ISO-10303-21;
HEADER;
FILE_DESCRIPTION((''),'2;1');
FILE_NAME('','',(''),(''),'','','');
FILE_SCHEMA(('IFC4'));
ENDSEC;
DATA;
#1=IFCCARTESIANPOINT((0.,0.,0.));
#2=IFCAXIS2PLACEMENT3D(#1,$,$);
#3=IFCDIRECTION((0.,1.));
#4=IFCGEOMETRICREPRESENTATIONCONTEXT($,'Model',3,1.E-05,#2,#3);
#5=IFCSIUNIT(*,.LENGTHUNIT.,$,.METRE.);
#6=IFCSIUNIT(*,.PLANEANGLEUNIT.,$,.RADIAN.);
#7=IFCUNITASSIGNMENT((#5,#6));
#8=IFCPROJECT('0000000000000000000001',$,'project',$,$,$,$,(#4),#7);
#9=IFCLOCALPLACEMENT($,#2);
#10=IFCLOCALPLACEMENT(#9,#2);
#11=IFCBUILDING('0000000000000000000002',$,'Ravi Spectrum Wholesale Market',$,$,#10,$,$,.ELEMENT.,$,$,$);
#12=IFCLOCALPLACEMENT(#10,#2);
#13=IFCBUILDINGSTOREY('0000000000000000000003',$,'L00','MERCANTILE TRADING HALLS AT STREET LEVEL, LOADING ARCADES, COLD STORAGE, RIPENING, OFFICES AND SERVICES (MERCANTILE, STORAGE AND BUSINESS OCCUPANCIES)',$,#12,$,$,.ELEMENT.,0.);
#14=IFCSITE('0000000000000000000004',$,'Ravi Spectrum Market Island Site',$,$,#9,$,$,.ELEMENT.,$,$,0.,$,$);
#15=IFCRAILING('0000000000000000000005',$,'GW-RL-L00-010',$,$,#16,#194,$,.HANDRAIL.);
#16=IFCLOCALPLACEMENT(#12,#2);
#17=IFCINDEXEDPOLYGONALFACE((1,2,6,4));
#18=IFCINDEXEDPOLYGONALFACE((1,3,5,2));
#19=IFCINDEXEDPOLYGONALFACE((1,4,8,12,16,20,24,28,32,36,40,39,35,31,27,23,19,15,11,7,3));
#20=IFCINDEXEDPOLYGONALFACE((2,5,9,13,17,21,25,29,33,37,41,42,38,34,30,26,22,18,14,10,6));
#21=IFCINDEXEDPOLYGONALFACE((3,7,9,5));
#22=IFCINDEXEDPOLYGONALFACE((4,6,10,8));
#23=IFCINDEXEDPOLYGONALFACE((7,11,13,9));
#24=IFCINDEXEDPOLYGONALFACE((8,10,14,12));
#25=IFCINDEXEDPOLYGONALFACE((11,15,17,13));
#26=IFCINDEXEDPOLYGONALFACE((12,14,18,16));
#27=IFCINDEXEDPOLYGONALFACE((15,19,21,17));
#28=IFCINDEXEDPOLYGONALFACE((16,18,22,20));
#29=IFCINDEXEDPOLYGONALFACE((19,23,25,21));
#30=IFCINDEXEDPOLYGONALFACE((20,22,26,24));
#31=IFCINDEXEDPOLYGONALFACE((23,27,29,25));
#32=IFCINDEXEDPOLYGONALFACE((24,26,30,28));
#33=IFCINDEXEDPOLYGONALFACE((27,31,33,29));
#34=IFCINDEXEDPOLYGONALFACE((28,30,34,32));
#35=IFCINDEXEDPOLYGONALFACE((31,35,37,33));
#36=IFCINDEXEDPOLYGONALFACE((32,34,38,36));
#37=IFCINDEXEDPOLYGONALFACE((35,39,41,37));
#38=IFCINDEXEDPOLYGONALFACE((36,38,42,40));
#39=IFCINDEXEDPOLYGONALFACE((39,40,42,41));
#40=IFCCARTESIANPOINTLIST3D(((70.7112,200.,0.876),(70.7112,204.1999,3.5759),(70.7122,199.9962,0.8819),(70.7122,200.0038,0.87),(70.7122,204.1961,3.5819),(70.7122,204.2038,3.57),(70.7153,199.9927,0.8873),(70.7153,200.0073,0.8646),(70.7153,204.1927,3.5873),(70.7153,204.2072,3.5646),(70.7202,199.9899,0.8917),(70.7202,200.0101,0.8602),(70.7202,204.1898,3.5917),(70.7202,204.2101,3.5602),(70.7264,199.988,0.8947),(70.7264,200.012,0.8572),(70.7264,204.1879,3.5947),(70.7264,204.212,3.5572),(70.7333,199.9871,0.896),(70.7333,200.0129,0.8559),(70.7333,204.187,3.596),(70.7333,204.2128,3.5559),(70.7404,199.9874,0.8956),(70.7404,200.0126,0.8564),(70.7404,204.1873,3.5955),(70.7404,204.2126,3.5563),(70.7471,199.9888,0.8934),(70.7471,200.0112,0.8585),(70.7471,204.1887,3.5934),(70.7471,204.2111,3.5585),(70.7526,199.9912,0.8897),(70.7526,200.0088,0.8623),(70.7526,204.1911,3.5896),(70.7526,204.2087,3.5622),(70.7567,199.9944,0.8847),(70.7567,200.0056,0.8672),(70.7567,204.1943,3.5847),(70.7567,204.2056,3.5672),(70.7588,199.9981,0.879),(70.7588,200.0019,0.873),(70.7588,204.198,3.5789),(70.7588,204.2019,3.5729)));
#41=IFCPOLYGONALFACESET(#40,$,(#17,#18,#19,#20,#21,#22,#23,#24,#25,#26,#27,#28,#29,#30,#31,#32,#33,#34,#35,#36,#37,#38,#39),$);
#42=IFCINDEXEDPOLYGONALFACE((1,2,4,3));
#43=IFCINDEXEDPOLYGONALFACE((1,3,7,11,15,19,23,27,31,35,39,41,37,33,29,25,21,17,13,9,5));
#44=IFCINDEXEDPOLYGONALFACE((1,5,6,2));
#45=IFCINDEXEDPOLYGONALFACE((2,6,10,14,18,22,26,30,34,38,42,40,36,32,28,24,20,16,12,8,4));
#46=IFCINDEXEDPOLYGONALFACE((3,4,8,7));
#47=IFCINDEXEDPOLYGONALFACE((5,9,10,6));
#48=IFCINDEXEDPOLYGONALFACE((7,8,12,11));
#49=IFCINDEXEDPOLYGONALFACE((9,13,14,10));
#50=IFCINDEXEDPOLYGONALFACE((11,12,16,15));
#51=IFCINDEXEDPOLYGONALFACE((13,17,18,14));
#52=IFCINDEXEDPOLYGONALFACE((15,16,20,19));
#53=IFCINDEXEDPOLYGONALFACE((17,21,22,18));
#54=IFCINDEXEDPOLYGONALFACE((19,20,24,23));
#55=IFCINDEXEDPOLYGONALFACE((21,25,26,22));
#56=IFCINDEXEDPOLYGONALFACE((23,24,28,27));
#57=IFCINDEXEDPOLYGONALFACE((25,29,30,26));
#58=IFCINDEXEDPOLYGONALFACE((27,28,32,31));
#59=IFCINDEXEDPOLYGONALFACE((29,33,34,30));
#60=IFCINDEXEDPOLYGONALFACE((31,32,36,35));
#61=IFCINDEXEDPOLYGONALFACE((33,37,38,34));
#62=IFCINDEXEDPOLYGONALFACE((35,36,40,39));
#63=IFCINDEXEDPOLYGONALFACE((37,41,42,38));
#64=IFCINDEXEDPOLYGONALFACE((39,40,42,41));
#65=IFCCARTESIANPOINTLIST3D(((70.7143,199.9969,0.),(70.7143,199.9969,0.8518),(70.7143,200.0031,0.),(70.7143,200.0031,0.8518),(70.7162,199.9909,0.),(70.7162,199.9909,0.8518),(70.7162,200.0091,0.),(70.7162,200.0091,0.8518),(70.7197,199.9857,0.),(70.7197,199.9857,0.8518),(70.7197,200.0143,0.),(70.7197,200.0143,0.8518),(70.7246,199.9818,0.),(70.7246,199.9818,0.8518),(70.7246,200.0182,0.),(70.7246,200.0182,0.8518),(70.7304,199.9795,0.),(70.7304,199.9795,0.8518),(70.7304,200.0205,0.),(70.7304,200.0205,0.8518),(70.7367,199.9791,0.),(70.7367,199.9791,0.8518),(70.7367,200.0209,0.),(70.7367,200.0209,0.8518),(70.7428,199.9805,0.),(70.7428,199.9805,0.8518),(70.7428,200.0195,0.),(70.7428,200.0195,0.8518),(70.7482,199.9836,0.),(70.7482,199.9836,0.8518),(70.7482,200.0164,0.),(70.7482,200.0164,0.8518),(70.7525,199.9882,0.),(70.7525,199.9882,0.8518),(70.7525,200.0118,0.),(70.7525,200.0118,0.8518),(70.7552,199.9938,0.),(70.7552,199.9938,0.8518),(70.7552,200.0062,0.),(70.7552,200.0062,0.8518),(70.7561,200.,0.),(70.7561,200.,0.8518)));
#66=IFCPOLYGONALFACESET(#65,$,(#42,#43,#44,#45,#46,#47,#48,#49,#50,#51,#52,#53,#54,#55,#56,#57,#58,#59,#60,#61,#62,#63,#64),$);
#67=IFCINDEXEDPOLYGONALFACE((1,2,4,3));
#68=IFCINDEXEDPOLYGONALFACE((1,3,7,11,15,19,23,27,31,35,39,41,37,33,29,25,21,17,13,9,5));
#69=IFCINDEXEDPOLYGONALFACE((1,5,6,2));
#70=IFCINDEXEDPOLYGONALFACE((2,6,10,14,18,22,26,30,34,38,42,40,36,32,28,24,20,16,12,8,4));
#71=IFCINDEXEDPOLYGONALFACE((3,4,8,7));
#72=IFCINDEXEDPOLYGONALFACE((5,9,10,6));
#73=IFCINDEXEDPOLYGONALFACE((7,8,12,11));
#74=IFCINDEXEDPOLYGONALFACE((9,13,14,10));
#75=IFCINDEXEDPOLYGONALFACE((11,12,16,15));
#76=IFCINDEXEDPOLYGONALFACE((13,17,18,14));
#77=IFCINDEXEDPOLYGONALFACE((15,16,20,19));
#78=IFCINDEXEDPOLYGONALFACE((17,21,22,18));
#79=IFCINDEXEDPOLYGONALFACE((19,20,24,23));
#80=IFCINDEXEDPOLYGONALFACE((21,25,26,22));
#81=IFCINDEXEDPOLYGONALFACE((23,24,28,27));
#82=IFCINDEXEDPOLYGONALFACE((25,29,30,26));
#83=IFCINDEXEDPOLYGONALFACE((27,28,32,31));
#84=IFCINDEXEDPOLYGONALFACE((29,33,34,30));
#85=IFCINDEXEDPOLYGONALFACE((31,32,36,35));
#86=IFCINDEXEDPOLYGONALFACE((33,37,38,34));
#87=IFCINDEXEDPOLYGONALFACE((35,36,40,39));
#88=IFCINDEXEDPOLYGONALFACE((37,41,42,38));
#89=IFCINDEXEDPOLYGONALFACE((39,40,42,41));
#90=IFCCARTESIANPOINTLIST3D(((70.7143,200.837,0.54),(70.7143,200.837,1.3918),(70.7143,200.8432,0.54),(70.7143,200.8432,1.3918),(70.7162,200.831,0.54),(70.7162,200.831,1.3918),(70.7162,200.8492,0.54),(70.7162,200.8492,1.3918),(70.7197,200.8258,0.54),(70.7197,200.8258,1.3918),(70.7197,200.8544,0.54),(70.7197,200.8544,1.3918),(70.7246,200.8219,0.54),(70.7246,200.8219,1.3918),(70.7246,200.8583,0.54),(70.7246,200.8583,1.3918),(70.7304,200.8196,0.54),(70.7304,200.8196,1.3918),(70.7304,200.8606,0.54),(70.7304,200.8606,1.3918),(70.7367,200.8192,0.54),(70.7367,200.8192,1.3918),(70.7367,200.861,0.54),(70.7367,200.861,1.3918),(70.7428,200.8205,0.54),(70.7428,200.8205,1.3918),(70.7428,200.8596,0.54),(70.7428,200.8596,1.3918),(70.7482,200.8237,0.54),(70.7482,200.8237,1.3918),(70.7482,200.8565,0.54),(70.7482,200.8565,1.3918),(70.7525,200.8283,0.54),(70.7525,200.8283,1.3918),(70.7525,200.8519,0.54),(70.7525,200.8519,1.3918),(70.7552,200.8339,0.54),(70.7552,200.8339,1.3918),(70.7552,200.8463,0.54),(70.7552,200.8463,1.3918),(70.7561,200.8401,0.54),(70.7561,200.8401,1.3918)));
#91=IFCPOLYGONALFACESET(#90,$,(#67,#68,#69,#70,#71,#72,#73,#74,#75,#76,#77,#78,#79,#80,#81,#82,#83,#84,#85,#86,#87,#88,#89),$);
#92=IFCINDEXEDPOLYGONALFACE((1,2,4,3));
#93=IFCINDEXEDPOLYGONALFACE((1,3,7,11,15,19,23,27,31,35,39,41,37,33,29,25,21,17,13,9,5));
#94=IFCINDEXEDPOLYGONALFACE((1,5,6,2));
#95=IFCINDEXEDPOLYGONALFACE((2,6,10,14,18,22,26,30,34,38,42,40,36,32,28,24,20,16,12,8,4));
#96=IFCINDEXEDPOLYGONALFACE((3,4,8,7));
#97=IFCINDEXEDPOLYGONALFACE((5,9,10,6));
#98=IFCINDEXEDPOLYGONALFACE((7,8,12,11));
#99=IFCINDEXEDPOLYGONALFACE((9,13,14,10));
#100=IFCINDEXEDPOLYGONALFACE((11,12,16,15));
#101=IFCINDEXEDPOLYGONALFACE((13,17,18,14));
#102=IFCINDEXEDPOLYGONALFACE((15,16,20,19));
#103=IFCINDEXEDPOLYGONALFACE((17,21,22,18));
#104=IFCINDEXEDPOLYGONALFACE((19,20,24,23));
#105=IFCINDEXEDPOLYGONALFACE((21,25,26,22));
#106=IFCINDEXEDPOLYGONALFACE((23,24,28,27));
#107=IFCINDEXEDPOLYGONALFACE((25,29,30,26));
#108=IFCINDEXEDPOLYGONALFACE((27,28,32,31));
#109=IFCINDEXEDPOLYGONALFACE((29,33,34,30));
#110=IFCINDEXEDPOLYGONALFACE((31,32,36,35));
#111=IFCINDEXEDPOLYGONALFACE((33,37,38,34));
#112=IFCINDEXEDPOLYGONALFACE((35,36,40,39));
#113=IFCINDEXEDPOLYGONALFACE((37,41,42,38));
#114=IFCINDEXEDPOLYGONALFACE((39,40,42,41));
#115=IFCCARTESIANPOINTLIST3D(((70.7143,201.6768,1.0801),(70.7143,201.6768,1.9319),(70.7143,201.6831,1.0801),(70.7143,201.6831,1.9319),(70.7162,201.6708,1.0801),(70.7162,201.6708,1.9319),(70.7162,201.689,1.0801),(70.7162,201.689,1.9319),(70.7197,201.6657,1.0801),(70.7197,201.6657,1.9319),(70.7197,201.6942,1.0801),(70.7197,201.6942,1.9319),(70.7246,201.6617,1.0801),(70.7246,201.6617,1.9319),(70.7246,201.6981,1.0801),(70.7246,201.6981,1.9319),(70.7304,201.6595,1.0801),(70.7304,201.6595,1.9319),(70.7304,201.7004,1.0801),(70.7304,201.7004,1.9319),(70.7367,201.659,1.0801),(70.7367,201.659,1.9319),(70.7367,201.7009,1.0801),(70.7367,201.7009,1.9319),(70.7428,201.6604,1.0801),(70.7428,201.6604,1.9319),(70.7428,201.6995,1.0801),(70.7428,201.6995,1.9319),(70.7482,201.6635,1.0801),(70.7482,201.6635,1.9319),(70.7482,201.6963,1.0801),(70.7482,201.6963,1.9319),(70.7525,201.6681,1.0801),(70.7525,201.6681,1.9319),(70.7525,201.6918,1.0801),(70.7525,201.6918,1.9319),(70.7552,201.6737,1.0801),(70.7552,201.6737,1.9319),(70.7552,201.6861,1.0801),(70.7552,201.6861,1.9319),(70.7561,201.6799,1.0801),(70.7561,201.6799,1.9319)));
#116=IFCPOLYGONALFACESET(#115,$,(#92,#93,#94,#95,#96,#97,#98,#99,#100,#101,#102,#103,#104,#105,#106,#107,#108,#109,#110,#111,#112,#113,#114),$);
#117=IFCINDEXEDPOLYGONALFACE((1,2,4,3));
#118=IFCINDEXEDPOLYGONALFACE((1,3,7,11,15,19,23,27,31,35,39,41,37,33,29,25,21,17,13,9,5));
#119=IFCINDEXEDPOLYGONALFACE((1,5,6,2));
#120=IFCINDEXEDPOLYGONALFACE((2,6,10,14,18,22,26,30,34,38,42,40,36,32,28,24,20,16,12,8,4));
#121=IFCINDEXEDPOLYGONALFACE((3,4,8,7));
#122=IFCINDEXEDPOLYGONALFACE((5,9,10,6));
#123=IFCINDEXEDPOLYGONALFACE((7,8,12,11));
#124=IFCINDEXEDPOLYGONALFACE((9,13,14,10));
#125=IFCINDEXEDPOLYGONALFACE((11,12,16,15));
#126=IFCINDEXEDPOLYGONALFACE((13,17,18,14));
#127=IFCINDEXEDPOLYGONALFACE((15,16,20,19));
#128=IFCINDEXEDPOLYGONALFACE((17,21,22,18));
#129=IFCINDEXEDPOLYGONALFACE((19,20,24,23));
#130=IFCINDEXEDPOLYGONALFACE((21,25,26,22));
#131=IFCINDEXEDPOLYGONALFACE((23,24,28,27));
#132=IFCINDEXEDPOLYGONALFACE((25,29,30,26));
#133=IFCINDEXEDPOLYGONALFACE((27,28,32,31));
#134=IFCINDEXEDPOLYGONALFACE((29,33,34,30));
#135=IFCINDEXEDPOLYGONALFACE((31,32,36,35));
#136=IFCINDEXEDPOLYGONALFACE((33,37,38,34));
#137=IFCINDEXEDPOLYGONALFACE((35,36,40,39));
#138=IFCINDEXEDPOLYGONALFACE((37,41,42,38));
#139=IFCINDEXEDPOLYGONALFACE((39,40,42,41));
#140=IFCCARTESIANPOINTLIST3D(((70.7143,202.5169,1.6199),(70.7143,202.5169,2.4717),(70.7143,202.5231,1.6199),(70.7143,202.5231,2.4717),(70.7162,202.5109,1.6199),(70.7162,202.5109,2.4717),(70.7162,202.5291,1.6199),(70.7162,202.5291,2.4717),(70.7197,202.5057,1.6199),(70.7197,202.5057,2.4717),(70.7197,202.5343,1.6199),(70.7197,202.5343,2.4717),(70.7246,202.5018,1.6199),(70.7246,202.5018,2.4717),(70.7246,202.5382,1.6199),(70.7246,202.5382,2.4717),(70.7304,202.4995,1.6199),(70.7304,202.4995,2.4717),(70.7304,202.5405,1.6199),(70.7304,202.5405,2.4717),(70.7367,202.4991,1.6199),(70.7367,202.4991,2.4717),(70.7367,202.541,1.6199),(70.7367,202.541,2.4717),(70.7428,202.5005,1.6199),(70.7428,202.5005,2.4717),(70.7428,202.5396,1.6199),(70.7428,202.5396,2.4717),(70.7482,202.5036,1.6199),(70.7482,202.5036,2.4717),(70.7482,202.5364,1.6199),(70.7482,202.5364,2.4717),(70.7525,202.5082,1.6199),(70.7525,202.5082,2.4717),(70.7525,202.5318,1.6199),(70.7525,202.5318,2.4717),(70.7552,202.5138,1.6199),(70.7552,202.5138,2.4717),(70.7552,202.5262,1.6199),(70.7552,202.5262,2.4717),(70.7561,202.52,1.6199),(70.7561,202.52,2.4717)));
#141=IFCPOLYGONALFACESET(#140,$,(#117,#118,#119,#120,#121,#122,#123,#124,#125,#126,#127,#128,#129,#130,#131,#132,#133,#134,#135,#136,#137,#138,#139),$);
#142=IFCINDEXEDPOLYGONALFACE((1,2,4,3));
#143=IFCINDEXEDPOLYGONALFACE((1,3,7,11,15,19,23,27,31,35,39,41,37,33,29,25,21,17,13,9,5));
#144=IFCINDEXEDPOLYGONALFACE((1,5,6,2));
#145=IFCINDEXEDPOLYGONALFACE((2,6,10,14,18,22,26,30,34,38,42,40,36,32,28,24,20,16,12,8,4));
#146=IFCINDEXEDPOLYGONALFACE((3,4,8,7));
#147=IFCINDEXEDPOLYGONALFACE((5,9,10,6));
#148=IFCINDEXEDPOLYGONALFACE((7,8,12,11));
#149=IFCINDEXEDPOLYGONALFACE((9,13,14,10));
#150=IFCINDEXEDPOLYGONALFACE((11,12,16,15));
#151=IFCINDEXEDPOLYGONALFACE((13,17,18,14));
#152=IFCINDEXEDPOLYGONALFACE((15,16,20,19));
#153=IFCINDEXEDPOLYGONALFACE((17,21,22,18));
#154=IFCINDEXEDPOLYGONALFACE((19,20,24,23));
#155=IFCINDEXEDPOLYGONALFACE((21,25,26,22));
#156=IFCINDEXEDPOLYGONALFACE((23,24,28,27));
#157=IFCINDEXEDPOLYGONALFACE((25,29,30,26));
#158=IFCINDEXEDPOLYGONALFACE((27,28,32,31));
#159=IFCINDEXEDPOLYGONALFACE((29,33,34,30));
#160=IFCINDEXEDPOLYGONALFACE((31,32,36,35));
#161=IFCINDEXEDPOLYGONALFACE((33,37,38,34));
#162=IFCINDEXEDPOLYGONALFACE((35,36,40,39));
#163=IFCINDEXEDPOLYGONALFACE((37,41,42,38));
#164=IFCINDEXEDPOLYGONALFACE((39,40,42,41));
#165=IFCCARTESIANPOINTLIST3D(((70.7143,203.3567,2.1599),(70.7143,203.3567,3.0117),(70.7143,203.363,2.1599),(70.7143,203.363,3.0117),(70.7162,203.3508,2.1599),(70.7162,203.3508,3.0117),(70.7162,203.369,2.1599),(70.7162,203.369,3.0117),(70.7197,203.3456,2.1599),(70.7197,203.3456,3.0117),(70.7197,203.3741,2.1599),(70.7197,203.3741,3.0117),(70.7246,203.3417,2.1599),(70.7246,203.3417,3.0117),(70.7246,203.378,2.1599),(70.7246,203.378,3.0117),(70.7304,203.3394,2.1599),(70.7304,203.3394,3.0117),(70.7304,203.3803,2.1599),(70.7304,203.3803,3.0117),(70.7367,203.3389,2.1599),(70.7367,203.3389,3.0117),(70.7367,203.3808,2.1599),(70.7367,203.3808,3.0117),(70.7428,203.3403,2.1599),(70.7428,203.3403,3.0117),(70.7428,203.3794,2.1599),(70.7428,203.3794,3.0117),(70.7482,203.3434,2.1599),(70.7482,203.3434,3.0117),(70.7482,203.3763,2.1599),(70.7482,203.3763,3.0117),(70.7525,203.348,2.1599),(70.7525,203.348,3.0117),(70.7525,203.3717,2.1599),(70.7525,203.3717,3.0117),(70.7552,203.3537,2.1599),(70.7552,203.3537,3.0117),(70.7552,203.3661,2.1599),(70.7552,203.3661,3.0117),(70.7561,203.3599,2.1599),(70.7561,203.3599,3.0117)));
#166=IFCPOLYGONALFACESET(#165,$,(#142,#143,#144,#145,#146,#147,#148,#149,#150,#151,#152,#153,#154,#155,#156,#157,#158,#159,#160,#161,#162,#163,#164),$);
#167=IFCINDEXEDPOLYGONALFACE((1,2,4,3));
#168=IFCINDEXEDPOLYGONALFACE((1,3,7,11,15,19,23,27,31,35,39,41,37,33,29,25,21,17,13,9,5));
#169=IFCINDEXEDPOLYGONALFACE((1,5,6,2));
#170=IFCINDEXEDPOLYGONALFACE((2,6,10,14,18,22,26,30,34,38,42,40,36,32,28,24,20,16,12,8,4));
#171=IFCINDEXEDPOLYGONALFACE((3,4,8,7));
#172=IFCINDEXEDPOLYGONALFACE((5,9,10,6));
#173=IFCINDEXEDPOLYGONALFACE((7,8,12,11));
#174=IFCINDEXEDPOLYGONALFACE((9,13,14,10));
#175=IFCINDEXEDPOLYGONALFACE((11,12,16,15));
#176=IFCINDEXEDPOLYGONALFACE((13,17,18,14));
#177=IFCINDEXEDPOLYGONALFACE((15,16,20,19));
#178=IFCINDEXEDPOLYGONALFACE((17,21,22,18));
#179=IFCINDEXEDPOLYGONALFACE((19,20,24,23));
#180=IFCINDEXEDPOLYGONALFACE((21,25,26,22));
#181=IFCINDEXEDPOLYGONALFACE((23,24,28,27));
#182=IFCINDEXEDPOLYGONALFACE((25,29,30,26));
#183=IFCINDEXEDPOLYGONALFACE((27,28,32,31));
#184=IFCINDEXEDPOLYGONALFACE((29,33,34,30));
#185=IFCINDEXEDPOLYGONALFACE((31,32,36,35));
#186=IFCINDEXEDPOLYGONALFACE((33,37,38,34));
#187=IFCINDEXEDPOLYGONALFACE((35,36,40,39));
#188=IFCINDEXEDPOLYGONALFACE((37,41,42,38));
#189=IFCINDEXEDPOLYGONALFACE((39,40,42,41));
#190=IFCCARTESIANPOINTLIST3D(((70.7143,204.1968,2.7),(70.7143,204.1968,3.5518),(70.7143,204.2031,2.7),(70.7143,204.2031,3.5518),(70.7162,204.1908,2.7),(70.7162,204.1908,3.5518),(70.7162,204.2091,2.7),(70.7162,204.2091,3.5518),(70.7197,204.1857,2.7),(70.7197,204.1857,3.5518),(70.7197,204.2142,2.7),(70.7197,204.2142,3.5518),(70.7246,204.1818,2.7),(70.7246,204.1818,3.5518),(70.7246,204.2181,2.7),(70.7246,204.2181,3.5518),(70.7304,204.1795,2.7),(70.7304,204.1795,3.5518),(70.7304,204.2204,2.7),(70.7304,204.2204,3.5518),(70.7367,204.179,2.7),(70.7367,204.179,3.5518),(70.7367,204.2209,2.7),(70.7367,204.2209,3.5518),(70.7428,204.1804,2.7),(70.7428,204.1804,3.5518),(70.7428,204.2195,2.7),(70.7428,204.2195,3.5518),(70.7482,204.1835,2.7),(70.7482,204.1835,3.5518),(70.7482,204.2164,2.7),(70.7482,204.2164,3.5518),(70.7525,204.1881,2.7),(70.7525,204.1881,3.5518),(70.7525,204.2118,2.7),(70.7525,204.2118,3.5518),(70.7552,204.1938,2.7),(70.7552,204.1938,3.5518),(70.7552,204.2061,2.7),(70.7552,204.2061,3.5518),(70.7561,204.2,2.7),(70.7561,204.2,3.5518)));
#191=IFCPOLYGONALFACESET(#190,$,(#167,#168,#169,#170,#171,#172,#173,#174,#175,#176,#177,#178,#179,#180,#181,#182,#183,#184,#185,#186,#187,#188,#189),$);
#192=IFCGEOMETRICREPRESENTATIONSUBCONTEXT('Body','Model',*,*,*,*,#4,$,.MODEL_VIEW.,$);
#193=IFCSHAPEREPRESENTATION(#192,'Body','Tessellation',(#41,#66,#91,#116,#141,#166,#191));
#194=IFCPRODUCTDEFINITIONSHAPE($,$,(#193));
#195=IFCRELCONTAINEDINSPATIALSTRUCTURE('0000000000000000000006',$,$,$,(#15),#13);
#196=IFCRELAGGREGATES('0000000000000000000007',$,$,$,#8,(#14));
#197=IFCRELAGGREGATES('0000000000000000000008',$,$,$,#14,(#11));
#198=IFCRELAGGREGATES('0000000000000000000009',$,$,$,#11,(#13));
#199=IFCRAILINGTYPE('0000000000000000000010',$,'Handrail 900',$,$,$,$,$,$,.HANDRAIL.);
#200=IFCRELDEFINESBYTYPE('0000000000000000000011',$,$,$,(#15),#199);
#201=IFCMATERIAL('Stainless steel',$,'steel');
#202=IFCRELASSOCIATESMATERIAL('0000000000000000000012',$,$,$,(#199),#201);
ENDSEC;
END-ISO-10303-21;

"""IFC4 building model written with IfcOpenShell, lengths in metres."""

from ifc_helpers import new_model, si_unit, direction, frame, origin, origin_2d, place, context, subcontext, project, spatial, circle, extrude, material, type_object, element, save


model = new_model("IFC4")

# Units and contexts
model_context = context("Model", 3, precision=1e-05, world=origin(), true_north=direction((0.0, 1.0)))
body_context = subcontext(model_context, "Body", "Model", "MODEL_VIEW")
ifc_project = project(units=[si_unit("LENGTHUNIT", "METRE"), si_unit("PLANEANGLEUNIT", "RADIAN")], contexts=[model_context])

# Site, building, storey
site_placement = place(None, origin())
site = spatial("IfcSite", under=ifc_project, at=site_placement, Name="Ravi Spectrum Market Island Site", CompositionType="ELEMENT", RefElevation=0.0)
building_placement = place(site_placement, origin())
building = spatial("IfcBuilding", under=site, at=building_placement, Name="Ravi Spectrum Wholesale Market", CompositionType="ELEMENT")
storey_placement = place(building_placement, origin())
storey = spatial("IfcBuildingStorey", under=building, at=storey_placement, Name="L00", Description="MERCANTILE TRADING HALLS AT STREET LEVEL, LOADING ARCADES, COLD STORAGE, RIPENING, OFFICES AND SERVICES (MERCANTILE, STORAGE AND BUSINESS OCCUPANCIES)", CompositionType="ELEMENT", Elevation=0.0)

# Railing
ifc_material_1 = material(Name="Stainless steel", Category="steel")
railing_type = type_object("IfcRailingType", Name="Handrail 900", PredefinedType="HANDRAIL", material=ifc_material_1)
for number, where, name in (
    (1, (70.7351, 200.0, 0.0), "GW-RL-L00-010"),
):
    element("IfcRailing", number, at=place(storey_placement, frame(where)), inside=storey, type_object=railing_type, Name=name, PredefinedType="HANDRAIL", context=body_context, shape_type="SweptSolid", body=[
        extrude(circle(Radius=0.0239, at=origin_2d()), frame((0.0, 0.0, 0.876), z_axis=(0.0, 0.84118, 0.540755), x_axis=(-1.0, 0.0, 0.0)), (0.0, 0.0, 1.0), 4.9929),
        extrude(circle(Radius=0.021, at=origin_2d()), origin(), (0.0, 0.0, 1.0), 0.8518),
        extrude(circle(Radius=0.021, at=origin_2d()), frame((0.0, 0.8401, 0.54)), (0.0, 0.0, 1.0), 0.8518),
        extrude(circle(Radius=0.021, at=origin_2d()), frame((0.0, 1.6799, 1.0801)), (0.0, 0.0, 1.0), 0.8518),
        extrude(circle(Radius=0.021, at=origin_2d()), frame((0.0, 2.52, 1.6199)), (0.0, 0.0, 1.0), 0.8518),
        extrude(circle(Radius=0.021, at=origin_2d()), frame((0.0, 3.3599, 2.1599)), (0.0, 0.0, 1.0), 0.8518),
        extrude(circle(Radius=0.021, at=origin_2d()), frame((0.0, 4.2, 2.7)), (0.0, 0.0, 1.0), 0.8518),
    ])

save(model, "model.ifc")
